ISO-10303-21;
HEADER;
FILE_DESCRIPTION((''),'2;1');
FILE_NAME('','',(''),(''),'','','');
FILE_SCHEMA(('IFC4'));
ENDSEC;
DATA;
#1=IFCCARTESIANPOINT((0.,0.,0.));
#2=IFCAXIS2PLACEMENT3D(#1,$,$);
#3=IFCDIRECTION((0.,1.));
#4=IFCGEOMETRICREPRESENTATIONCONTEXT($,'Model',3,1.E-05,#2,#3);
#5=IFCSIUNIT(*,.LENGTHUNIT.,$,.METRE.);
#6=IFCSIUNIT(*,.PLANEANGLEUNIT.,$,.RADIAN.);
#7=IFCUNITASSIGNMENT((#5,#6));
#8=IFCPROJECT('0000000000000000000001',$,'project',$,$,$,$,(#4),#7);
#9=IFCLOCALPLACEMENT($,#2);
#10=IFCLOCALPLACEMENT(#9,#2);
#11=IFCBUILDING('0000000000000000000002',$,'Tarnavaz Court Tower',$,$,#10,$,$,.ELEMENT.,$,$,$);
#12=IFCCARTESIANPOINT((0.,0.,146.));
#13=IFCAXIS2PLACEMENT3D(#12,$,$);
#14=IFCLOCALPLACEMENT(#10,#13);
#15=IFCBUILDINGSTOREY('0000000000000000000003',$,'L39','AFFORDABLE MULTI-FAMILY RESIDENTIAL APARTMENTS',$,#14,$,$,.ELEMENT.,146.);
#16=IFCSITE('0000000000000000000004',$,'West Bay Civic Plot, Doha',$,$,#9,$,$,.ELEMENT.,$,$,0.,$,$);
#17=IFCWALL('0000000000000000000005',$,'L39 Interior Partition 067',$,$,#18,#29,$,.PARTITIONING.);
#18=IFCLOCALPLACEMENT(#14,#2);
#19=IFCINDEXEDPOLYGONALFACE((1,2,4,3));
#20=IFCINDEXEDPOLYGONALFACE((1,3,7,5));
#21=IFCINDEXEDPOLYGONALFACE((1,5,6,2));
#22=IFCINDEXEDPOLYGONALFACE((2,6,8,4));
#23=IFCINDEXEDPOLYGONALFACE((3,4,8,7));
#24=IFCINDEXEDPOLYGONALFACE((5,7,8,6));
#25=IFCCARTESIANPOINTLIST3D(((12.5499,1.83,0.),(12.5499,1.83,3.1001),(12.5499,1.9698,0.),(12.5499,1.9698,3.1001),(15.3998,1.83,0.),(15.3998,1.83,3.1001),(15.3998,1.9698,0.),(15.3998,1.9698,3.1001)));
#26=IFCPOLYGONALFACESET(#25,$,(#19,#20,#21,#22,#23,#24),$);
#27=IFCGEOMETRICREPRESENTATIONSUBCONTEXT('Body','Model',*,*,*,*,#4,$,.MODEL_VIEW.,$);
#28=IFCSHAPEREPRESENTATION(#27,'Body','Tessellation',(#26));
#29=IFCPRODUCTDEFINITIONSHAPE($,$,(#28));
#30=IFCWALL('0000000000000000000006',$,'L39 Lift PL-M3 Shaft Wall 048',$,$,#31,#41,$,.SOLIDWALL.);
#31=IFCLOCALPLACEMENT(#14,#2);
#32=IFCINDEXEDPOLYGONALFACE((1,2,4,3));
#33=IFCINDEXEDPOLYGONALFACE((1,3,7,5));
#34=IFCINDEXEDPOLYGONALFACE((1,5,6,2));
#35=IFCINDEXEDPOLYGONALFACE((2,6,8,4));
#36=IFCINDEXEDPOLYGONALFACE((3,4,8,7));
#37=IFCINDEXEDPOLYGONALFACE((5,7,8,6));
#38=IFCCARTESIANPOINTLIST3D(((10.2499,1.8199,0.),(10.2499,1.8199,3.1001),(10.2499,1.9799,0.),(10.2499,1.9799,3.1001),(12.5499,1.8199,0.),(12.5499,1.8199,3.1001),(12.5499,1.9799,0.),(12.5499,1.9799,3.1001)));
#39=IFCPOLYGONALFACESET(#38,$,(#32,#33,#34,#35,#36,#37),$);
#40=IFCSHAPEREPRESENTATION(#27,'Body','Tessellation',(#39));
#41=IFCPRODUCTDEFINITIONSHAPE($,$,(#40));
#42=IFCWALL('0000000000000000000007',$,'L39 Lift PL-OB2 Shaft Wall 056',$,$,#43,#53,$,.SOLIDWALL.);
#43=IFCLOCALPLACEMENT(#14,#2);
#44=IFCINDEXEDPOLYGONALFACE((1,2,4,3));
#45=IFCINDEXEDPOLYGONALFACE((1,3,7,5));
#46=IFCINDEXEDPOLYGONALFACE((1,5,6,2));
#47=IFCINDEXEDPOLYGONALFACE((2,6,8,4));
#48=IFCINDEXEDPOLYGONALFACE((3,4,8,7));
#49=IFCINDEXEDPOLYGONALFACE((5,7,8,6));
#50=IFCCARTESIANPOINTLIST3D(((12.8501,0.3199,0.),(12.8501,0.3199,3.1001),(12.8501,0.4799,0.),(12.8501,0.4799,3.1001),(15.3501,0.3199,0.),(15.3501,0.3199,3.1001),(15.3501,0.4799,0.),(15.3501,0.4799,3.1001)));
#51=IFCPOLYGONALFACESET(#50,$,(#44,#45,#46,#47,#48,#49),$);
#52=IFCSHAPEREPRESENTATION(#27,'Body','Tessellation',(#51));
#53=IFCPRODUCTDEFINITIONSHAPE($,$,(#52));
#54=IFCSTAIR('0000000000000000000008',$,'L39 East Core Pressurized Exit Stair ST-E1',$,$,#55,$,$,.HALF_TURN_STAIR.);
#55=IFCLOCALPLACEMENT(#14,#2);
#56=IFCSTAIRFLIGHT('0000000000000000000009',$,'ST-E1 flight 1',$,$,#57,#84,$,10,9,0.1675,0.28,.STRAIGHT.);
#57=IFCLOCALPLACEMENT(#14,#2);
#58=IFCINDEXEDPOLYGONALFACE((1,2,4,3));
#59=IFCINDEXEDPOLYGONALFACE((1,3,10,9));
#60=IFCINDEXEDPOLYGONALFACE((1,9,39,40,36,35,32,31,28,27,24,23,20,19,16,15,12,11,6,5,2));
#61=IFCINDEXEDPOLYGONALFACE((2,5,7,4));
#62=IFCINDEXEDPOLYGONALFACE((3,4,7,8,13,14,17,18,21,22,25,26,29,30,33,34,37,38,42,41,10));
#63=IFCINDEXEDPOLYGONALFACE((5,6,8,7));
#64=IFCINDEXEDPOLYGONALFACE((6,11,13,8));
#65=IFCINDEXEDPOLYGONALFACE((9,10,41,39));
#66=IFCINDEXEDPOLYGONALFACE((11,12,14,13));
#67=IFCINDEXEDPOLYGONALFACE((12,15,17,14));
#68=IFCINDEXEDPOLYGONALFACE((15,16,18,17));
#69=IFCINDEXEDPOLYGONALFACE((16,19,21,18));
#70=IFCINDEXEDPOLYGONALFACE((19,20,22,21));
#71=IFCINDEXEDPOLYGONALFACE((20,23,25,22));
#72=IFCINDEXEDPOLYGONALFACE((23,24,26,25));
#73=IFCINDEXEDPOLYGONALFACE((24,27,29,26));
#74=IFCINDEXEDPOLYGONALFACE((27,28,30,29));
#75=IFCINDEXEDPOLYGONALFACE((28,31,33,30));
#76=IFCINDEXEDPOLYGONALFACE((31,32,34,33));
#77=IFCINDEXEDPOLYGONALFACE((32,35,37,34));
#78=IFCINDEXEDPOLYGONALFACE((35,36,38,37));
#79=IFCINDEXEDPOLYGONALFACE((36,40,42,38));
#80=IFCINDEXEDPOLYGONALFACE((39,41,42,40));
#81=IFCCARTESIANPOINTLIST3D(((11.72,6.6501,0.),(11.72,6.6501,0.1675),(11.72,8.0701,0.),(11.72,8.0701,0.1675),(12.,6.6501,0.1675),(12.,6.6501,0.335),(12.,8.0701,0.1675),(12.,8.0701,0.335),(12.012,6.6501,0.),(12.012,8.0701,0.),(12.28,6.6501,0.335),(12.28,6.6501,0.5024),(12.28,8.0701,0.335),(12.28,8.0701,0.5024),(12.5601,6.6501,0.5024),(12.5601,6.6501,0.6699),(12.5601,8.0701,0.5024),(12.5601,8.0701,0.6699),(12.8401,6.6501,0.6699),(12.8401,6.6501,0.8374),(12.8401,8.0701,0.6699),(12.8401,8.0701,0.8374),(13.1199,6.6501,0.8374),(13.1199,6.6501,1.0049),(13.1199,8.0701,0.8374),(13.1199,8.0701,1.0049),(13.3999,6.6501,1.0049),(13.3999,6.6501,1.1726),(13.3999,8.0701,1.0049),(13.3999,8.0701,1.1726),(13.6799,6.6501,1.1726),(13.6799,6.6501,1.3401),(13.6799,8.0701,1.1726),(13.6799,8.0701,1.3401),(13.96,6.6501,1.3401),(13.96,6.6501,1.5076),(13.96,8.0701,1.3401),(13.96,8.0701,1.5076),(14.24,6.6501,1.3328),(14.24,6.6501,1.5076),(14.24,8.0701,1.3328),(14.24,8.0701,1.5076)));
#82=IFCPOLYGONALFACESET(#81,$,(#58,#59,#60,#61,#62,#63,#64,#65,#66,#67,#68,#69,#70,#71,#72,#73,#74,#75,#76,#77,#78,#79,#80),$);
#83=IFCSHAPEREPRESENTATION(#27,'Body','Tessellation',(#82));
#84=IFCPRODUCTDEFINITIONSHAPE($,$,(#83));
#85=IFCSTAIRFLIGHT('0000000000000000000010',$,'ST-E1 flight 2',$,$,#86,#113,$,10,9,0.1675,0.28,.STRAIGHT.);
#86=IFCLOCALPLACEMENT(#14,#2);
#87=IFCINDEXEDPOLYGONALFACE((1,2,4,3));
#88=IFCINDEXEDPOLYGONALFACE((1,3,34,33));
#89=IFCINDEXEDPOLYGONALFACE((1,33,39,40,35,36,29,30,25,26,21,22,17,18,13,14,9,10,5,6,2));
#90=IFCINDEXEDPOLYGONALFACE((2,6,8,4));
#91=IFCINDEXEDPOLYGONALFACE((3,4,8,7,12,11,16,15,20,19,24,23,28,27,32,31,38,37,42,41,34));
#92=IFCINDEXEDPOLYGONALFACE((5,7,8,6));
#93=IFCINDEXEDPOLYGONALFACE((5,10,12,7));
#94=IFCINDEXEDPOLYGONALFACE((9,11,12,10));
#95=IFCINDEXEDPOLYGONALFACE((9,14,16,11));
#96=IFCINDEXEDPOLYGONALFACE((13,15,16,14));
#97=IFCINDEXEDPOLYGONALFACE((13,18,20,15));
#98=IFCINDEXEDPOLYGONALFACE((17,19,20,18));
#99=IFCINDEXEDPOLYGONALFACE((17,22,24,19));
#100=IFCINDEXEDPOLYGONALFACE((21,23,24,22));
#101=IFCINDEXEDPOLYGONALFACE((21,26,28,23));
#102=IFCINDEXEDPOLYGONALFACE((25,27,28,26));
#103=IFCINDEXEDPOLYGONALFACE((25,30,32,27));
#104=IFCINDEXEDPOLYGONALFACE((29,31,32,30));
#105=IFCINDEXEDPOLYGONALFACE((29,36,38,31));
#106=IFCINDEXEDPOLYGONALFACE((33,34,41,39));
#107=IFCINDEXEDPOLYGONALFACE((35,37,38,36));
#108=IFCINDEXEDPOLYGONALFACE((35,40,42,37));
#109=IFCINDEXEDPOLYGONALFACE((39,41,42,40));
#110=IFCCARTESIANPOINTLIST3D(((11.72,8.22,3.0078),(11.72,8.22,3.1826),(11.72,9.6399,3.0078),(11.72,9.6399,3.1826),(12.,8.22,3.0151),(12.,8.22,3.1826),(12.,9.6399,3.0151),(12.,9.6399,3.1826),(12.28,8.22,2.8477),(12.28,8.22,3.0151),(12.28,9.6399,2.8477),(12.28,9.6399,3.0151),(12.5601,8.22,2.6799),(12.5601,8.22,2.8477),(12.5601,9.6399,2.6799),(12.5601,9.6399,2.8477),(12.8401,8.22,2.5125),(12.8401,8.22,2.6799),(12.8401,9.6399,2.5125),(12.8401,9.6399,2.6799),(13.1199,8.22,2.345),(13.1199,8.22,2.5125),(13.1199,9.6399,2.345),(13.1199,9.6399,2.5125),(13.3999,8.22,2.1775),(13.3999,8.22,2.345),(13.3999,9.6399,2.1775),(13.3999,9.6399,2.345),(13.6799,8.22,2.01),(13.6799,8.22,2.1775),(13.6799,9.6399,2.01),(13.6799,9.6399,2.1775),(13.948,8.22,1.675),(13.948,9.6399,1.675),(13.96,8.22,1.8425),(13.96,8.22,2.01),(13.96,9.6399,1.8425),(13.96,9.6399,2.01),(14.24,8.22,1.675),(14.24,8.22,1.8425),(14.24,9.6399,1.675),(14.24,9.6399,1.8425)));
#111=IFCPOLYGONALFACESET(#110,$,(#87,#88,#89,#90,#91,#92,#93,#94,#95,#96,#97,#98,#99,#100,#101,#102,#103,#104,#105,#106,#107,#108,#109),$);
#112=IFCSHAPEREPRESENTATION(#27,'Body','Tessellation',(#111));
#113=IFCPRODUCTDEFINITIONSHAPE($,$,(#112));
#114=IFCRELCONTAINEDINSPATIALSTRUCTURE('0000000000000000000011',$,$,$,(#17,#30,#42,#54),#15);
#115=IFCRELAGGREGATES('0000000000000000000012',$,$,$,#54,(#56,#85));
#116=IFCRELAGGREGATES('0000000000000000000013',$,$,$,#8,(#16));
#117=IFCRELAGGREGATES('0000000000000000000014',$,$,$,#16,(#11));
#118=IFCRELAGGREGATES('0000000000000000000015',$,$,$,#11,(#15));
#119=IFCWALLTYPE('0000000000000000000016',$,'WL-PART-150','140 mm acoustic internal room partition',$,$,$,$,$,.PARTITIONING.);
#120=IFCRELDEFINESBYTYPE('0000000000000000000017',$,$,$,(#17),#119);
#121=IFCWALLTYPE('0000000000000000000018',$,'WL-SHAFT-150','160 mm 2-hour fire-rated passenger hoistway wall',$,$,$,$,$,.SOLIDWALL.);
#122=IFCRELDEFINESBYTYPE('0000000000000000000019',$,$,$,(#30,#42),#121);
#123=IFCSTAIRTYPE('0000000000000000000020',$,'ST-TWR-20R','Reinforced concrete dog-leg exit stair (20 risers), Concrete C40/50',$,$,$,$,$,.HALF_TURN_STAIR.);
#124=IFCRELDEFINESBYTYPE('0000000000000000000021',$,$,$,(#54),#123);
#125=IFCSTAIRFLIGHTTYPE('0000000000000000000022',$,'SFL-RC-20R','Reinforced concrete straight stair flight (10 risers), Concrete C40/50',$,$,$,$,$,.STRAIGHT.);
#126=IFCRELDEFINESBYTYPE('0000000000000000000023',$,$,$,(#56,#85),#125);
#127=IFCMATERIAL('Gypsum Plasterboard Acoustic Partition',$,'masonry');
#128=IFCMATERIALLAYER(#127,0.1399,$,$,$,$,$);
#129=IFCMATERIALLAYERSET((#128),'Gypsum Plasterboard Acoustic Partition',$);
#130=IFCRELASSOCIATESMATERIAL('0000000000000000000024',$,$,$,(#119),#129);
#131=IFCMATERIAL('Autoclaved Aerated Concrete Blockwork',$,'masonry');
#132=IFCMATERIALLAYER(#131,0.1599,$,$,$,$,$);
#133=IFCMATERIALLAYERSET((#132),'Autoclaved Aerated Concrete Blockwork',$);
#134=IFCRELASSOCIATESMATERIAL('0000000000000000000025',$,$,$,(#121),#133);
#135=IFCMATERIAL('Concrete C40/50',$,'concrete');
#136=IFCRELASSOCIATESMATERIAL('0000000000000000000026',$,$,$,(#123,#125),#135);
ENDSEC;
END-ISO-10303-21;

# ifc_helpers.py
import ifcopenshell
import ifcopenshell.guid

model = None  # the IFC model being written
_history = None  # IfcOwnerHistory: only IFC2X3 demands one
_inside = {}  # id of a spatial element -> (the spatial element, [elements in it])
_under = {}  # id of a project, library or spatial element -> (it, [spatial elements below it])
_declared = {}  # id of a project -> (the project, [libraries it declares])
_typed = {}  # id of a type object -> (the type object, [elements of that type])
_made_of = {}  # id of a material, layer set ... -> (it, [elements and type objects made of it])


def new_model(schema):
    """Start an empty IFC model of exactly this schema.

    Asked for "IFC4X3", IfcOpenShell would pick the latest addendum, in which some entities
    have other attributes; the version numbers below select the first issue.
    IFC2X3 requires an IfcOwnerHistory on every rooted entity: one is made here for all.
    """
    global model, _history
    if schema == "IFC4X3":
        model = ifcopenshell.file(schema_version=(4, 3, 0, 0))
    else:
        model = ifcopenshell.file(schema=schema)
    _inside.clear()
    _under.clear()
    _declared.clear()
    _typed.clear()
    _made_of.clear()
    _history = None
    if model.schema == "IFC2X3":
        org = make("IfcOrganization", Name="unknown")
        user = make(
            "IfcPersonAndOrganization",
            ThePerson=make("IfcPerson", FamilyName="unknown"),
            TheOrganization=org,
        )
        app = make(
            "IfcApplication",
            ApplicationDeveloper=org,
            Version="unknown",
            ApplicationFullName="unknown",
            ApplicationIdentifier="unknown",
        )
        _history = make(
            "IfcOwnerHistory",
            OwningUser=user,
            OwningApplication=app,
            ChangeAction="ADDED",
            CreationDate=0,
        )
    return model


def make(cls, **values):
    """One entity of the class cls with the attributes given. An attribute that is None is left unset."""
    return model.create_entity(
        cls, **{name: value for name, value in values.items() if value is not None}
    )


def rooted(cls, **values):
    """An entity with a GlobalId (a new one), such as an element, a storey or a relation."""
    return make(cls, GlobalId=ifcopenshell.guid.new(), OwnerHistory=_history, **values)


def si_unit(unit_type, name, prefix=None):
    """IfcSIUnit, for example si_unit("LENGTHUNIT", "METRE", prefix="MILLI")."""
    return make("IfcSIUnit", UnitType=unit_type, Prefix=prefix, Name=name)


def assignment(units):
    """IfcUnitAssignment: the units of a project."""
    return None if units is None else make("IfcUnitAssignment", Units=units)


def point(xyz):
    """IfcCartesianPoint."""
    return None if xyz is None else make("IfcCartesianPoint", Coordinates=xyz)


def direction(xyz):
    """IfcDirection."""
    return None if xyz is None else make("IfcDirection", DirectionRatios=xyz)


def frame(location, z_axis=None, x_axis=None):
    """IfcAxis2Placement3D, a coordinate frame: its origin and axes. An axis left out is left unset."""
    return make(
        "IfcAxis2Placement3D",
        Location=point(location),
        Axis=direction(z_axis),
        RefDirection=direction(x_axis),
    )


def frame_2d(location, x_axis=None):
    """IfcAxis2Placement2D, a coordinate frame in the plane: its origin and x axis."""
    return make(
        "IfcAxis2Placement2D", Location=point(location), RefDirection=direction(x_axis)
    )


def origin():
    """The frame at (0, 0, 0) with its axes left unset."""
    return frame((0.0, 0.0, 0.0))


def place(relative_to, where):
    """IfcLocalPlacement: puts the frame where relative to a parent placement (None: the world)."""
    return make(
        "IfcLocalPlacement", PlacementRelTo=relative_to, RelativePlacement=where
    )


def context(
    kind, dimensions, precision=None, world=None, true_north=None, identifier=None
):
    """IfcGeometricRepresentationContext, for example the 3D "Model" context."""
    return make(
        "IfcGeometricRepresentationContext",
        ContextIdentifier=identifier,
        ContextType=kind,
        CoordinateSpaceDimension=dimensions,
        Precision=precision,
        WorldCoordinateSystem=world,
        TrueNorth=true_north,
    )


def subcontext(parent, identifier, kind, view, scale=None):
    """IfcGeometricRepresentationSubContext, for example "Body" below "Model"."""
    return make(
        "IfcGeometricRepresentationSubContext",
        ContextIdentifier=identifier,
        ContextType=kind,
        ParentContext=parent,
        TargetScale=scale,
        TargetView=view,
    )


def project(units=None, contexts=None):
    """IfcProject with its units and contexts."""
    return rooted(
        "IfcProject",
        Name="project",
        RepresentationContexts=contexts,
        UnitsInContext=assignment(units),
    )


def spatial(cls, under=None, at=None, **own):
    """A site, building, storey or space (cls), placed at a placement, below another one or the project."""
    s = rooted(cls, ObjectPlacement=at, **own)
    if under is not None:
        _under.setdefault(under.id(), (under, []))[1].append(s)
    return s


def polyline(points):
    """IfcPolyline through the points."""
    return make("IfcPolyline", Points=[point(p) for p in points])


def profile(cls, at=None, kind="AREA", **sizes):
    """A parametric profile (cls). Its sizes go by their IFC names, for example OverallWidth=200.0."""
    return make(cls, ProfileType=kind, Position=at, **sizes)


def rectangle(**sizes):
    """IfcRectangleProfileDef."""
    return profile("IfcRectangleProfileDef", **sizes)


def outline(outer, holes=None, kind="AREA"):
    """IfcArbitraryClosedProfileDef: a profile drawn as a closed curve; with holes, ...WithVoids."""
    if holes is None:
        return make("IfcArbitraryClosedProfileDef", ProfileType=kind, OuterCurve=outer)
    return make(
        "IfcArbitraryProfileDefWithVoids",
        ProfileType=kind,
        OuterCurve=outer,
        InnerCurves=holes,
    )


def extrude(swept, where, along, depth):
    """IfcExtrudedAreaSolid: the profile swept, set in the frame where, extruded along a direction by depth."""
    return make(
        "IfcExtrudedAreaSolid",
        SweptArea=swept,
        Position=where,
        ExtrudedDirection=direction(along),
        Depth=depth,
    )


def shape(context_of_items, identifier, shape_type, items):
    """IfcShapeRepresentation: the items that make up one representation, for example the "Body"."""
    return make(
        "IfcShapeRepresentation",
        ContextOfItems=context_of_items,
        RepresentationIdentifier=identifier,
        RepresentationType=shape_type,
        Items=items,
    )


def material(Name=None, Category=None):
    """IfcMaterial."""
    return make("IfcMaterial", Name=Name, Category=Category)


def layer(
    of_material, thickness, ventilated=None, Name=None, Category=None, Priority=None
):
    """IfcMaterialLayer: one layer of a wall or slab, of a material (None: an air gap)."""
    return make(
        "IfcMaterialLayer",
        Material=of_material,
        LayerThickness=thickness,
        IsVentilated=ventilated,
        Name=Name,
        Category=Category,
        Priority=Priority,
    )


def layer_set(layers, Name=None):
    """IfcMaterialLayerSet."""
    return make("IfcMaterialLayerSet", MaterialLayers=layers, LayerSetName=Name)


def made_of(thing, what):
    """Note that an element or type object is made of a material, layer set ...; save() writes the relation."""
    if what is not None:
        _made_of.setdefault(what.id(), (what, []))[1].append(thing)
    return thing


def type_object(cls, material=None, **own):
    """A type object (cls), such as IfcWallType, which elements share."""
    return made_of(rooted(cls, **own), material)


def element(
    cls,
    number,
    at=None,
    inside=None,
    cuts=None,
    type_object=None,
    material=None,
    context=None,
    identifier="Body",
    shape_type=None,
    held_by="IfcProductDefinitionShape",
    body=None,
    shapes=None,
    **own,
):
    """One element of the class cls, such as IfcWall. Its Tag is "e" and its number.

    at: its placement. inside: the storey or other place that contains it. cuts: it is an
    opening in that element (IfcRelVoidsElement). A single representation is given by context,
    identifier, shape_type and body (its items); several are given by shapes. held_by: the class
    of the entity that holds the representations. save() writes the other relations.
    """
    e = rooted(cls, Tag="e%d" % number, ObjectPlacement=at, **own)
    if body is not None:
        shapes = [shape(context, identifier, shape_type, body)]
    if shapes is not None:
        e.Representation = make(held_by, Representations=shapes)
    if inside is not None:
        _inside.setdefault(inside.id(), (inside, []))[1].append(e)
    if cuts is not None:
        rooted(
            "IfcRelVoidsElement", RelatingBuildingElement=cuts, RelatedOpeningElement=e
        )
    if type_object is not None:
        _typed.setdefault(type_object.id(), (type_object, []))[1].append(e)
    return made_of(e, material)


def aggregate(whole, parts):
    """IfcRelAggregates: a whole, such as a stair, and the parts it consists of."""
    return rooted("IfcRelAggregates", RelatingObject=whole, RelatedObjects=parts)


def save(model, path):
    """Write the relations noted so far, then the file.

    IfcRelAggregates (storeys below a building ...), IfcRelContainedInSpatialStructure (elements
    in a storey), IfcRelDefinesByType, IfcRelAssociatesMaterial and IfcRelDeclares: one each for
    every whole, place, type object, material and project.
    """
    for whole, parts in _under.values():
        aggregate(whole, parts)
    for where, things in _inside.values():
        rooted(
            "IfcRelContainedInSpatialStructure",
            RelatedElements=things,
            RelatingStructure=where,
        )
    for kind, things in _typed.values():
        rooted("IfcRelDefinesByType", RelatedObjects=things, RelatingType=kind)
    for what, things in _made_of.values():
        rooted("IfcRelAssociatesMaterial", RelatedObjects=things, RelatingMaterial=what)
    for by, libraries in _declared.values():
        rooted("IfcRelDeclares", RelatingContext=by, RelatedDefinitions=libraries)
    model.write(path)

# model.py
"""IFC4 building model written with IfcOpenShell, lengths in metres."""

from ifc_helpers import new_model, si_unit, direction, frame, frame_2d, origin, place, context, subcontext, project, spatial, polyline, rectangle, outline, extrude, material, layer, layer_set, type_object, element, aggregate, save


model = new_model("IFC4")

# Units and contexts
model_context = context("Model", 3, precision=1e-05, world=origin(), true_north=direction((0.0, 1.0)))
body_context = subcontext(model_context, "Body", "Model", "MODEL_VIEW")
ifc_project = project(units=[si_unit("LENGTHUNIT", "METRE"), si_unit("PLANEANGLEUNIT", "RADIAN")], contexts=[model_context])

# Site, building, storey
site_placement = place(None, origin())
site = spatial("IfcSite", under=ifc_project, at=site_placement, Name="West Bay Civic Plot, Doha", CompositionType="ELEMENT", RefElevation=0.0)
building_placement = place(site_placement, origin())
building = spatial("IfcBuilding", under=site, at=building_placement, Name="Tarnavaz Court Tower", CompositionType="ELEMENT")
storey_placement = place(building_placement, frame((0.0, 0.0, 146.0)))
storey = spatial("IfcBuildingStorey", under=building, at=storey_placement, Name="L39", Description="AFFORDABLE MULTI-FAMILY RESIDENTIAL APARTMENTS", CompositionType="ELEMENT", Elevation=146.0)

# Shared definitions
ifc_material_1 = material(Name="Autoclaved Aerated Concrete Blockwork", Category="masonry")

# Walls
ifc_material_2 = material(Name="Gypsum Plasterboard Acoustic Partition", Category="masonry")
ifc_layer_1 = layer(ifc_material_2, 0.1399)
ifc_layer_set_1 = layer_set([ifc_layer_1], Name="Gypsum Plasterboard Acoustic Partition")
wall_type_1 = type_object("IfcWallType", Name="WL-PART-150", Description="140 mm acoustic internal room partition", PredefinedType="PARTITIONING", material=ifc_layer_set_1)
wall_1_placement = place(storey_placement, frame((12.55, 1.8999, 0.0), z_axis=(0.0, 0.0, 1.0), x_axis=(1.0, 0.0, 0.0)))
element("IfcWall", 1, at=wall_1_placement, inside=storey, type_object=wall_type_1, Name="L39 Interior Partition 067", PredefinedType="PARTITIONING", context=body_context, shape_type="SweptSolid", body=[
    extrude(rectangle(XDim=2.8499, YDim=0.1399, at=frame_2d((1.4248, 0.0))), origin(), (0.0, 0.0, 1.0), 3.1001),
])
ifc_layer_2 = layer(ifc_material_1, 0.1599)
ifc_layer_set_2 = layer_set([ifc_layer_2], Name="Autoclaved Aerated Concrete Blockwork")
wall_type_2 = type_object("IfcWallType", Name="WL-SHAFT-150", Description="160 mm 2-hour fire-rated passenger hoistway wall", PredefinedType="SOLIDWALL", material=ifc_layer_set_2)
wall_2_placement = place(storey_placement, frame((10.25, 1.8999, 0.0), z_axis=(0.0, 0.0, 1.0), x_axis=(1.0, 0.0, 0.0)))
element("IfcWall", 2, at=wall_2_placement, inside=storey, type_object=wall_type_2, Name="L39 Lift PL-M3 Shaft Wall 048", PredefinedType="SOLIDWALL", context=body_context, shape_type="SweptSolid", body=[
    extrude(rectangle(XDim=2.3, YDim=0.1599, at=frame_2d((1.1499, 0.0))), origin(), (0.0, 0.0, 1.0), 3.1001),
])
wall_3_placement = place(storey_placement, frame((12.8501, 0.3999, 0.0), z_axis=(0.0, 0.0, 1.0), x_axis=(1.0, 0.0, 0.0)))
element("IfcWall", 3, at=wall_3_placement, inside=storey, type_object=wall_type_2, Name="L39 Lift PL-OB2 Shaft Wall 056", PredefinedType="SOLIDWALL", context=body_context, shape_type="SweptSolid", body=[
    extrude(rectangle(XDim=2.5, YDim=0.1599, at=frame_2d((1.25, 0.0))), origin(), (0.0, 0.0, 1.0), 3.1001),
])

# Stair, stair flights
ifc_material_3 = material(Name="Concrete C40/50", Category="concrete")
stair_type = type_object("IfcStairType", Name="ST-TWR-20R", Description="Reinforced concrete dog-leg exit stair (20 risers), Concrete C40/50", PredefinedType="HALF_TURN_STAIR", material=ifc_material_3)
stair_placement = place(storey_placement, origin())
stair = element("IfcStair", 4, at=stair_placement, inside=storey, type_object=stair_type, Name="L39 East Core Pressurized Exit Stair ST-E1", PredefinedType="HALF_TURN_STAIR")
stair_flight_type = type_object("IfcStairFlightType", Name="SFL-RC-20R", Description="Reinforced concrete straight stair flight (10 risers), Concrete C40/50", PredefinedType="STRAIGHT", material=ifc_material_3)
stair_flight_1_placement = place(storey_placement, frame((11.72, 7.3601, 0.0), z_axis=(0.0, 0.0, 1.0), x_axis=(1.0, 0.0, 0.0)))
stair_flight_1 = element("IfcStairFlight", 5, at=stair_flight_1_placement, type_object=stair_flight_type, Name="ST-E1 flight 1", NumberOfRisers=10, NumberOfTreads=9, PredefinedType="STRAIGHT", RiserHeight=0.1675, TreadLength=0.28, context=body_context, shape_type="SweptSolid", body=[
    extrude(outline(polyline([(0.0, 0.0), (0.0, 0.1675), (0.28, 0.1675), (0.28, 0.335), (0.5601, 0.335), (0.5601, 0.5024), (0.8401, 0.5024), (0.8401, 0.6699), (1.1201, 0.6699), (1.1201, 0.8374), (1.3999, 0.8374), (1.3999, 1.0049), (1.6799, 1.0049), (1.6799, 1.1726), (1.96, 1.1726), (1.96, 1.3401), (2.24, 1.3401), (2.24, 1.5076), (2.52, 1.5076), (2.52, 1.675), (2.52, 1.3328), (0.292, 0.0), (0.0, 0.0)])), frame((0.0, 0.71, 0.0), z_axis=(0.0, -1.0, 0.0), x_axis=(1.0, 0.0, 0.0)), (0.0, 0.0, 1.0), 1.4199),
])
stair_flight_2_placement = place(storey_placement, frame((14.24, 8.9299, 1.675), z_axis=(0.0, 0.0, 1.0), x_axis=(-1.0, 0.0, 0.0)))
stair_flight_2 = element("IfcStairFlight", 6, at=stair_flight_2_placement, type_object=stair_flight_type, Name="ST-E1 flight 2", NumberOfRisers=10, NumberOfTreads=9, PredefinedType="STRAIGHT", RiserHeight=0.1675, TreadLength=0.28, context=body_context, shape_type="SweptSolid", body=[
    extrude(outline(polyline([(0.0, 0.0), (0.0, 0.1675), (0.28, 0.1675), (0.28, 0.335), (0.5601, 0.335), (0.5601, 0.5024), (0.8401, 0.5024), (0.8401, 0.6699), (1.1201, 0.6699), (1.1201, 0.8374), (1.3999, 0.8374), (1.3999, 1.0049), (1.6799, 1.0049), (1.6799, 1.1726), (1.96, 1.1726), (1.96, 1.3401), (2.24, 1.3401), (2.24, 1.5076), (2.52, 1.5076), (2.52, 1.675), (2.52, 1.3328), (0.292, 0.0), (0.0, 0.0)])), frame((0.0, 0.71, 0.0), z_axis=(0.0, -1.0, 0.0), x_axis=(1.0, 0.0, 0.0)), (0.0, 0.0, 1.0), 1.4199),
])
aggregate(stair, [stair_flight_1, stair_flight_2])

save(model, "model.ifc")
